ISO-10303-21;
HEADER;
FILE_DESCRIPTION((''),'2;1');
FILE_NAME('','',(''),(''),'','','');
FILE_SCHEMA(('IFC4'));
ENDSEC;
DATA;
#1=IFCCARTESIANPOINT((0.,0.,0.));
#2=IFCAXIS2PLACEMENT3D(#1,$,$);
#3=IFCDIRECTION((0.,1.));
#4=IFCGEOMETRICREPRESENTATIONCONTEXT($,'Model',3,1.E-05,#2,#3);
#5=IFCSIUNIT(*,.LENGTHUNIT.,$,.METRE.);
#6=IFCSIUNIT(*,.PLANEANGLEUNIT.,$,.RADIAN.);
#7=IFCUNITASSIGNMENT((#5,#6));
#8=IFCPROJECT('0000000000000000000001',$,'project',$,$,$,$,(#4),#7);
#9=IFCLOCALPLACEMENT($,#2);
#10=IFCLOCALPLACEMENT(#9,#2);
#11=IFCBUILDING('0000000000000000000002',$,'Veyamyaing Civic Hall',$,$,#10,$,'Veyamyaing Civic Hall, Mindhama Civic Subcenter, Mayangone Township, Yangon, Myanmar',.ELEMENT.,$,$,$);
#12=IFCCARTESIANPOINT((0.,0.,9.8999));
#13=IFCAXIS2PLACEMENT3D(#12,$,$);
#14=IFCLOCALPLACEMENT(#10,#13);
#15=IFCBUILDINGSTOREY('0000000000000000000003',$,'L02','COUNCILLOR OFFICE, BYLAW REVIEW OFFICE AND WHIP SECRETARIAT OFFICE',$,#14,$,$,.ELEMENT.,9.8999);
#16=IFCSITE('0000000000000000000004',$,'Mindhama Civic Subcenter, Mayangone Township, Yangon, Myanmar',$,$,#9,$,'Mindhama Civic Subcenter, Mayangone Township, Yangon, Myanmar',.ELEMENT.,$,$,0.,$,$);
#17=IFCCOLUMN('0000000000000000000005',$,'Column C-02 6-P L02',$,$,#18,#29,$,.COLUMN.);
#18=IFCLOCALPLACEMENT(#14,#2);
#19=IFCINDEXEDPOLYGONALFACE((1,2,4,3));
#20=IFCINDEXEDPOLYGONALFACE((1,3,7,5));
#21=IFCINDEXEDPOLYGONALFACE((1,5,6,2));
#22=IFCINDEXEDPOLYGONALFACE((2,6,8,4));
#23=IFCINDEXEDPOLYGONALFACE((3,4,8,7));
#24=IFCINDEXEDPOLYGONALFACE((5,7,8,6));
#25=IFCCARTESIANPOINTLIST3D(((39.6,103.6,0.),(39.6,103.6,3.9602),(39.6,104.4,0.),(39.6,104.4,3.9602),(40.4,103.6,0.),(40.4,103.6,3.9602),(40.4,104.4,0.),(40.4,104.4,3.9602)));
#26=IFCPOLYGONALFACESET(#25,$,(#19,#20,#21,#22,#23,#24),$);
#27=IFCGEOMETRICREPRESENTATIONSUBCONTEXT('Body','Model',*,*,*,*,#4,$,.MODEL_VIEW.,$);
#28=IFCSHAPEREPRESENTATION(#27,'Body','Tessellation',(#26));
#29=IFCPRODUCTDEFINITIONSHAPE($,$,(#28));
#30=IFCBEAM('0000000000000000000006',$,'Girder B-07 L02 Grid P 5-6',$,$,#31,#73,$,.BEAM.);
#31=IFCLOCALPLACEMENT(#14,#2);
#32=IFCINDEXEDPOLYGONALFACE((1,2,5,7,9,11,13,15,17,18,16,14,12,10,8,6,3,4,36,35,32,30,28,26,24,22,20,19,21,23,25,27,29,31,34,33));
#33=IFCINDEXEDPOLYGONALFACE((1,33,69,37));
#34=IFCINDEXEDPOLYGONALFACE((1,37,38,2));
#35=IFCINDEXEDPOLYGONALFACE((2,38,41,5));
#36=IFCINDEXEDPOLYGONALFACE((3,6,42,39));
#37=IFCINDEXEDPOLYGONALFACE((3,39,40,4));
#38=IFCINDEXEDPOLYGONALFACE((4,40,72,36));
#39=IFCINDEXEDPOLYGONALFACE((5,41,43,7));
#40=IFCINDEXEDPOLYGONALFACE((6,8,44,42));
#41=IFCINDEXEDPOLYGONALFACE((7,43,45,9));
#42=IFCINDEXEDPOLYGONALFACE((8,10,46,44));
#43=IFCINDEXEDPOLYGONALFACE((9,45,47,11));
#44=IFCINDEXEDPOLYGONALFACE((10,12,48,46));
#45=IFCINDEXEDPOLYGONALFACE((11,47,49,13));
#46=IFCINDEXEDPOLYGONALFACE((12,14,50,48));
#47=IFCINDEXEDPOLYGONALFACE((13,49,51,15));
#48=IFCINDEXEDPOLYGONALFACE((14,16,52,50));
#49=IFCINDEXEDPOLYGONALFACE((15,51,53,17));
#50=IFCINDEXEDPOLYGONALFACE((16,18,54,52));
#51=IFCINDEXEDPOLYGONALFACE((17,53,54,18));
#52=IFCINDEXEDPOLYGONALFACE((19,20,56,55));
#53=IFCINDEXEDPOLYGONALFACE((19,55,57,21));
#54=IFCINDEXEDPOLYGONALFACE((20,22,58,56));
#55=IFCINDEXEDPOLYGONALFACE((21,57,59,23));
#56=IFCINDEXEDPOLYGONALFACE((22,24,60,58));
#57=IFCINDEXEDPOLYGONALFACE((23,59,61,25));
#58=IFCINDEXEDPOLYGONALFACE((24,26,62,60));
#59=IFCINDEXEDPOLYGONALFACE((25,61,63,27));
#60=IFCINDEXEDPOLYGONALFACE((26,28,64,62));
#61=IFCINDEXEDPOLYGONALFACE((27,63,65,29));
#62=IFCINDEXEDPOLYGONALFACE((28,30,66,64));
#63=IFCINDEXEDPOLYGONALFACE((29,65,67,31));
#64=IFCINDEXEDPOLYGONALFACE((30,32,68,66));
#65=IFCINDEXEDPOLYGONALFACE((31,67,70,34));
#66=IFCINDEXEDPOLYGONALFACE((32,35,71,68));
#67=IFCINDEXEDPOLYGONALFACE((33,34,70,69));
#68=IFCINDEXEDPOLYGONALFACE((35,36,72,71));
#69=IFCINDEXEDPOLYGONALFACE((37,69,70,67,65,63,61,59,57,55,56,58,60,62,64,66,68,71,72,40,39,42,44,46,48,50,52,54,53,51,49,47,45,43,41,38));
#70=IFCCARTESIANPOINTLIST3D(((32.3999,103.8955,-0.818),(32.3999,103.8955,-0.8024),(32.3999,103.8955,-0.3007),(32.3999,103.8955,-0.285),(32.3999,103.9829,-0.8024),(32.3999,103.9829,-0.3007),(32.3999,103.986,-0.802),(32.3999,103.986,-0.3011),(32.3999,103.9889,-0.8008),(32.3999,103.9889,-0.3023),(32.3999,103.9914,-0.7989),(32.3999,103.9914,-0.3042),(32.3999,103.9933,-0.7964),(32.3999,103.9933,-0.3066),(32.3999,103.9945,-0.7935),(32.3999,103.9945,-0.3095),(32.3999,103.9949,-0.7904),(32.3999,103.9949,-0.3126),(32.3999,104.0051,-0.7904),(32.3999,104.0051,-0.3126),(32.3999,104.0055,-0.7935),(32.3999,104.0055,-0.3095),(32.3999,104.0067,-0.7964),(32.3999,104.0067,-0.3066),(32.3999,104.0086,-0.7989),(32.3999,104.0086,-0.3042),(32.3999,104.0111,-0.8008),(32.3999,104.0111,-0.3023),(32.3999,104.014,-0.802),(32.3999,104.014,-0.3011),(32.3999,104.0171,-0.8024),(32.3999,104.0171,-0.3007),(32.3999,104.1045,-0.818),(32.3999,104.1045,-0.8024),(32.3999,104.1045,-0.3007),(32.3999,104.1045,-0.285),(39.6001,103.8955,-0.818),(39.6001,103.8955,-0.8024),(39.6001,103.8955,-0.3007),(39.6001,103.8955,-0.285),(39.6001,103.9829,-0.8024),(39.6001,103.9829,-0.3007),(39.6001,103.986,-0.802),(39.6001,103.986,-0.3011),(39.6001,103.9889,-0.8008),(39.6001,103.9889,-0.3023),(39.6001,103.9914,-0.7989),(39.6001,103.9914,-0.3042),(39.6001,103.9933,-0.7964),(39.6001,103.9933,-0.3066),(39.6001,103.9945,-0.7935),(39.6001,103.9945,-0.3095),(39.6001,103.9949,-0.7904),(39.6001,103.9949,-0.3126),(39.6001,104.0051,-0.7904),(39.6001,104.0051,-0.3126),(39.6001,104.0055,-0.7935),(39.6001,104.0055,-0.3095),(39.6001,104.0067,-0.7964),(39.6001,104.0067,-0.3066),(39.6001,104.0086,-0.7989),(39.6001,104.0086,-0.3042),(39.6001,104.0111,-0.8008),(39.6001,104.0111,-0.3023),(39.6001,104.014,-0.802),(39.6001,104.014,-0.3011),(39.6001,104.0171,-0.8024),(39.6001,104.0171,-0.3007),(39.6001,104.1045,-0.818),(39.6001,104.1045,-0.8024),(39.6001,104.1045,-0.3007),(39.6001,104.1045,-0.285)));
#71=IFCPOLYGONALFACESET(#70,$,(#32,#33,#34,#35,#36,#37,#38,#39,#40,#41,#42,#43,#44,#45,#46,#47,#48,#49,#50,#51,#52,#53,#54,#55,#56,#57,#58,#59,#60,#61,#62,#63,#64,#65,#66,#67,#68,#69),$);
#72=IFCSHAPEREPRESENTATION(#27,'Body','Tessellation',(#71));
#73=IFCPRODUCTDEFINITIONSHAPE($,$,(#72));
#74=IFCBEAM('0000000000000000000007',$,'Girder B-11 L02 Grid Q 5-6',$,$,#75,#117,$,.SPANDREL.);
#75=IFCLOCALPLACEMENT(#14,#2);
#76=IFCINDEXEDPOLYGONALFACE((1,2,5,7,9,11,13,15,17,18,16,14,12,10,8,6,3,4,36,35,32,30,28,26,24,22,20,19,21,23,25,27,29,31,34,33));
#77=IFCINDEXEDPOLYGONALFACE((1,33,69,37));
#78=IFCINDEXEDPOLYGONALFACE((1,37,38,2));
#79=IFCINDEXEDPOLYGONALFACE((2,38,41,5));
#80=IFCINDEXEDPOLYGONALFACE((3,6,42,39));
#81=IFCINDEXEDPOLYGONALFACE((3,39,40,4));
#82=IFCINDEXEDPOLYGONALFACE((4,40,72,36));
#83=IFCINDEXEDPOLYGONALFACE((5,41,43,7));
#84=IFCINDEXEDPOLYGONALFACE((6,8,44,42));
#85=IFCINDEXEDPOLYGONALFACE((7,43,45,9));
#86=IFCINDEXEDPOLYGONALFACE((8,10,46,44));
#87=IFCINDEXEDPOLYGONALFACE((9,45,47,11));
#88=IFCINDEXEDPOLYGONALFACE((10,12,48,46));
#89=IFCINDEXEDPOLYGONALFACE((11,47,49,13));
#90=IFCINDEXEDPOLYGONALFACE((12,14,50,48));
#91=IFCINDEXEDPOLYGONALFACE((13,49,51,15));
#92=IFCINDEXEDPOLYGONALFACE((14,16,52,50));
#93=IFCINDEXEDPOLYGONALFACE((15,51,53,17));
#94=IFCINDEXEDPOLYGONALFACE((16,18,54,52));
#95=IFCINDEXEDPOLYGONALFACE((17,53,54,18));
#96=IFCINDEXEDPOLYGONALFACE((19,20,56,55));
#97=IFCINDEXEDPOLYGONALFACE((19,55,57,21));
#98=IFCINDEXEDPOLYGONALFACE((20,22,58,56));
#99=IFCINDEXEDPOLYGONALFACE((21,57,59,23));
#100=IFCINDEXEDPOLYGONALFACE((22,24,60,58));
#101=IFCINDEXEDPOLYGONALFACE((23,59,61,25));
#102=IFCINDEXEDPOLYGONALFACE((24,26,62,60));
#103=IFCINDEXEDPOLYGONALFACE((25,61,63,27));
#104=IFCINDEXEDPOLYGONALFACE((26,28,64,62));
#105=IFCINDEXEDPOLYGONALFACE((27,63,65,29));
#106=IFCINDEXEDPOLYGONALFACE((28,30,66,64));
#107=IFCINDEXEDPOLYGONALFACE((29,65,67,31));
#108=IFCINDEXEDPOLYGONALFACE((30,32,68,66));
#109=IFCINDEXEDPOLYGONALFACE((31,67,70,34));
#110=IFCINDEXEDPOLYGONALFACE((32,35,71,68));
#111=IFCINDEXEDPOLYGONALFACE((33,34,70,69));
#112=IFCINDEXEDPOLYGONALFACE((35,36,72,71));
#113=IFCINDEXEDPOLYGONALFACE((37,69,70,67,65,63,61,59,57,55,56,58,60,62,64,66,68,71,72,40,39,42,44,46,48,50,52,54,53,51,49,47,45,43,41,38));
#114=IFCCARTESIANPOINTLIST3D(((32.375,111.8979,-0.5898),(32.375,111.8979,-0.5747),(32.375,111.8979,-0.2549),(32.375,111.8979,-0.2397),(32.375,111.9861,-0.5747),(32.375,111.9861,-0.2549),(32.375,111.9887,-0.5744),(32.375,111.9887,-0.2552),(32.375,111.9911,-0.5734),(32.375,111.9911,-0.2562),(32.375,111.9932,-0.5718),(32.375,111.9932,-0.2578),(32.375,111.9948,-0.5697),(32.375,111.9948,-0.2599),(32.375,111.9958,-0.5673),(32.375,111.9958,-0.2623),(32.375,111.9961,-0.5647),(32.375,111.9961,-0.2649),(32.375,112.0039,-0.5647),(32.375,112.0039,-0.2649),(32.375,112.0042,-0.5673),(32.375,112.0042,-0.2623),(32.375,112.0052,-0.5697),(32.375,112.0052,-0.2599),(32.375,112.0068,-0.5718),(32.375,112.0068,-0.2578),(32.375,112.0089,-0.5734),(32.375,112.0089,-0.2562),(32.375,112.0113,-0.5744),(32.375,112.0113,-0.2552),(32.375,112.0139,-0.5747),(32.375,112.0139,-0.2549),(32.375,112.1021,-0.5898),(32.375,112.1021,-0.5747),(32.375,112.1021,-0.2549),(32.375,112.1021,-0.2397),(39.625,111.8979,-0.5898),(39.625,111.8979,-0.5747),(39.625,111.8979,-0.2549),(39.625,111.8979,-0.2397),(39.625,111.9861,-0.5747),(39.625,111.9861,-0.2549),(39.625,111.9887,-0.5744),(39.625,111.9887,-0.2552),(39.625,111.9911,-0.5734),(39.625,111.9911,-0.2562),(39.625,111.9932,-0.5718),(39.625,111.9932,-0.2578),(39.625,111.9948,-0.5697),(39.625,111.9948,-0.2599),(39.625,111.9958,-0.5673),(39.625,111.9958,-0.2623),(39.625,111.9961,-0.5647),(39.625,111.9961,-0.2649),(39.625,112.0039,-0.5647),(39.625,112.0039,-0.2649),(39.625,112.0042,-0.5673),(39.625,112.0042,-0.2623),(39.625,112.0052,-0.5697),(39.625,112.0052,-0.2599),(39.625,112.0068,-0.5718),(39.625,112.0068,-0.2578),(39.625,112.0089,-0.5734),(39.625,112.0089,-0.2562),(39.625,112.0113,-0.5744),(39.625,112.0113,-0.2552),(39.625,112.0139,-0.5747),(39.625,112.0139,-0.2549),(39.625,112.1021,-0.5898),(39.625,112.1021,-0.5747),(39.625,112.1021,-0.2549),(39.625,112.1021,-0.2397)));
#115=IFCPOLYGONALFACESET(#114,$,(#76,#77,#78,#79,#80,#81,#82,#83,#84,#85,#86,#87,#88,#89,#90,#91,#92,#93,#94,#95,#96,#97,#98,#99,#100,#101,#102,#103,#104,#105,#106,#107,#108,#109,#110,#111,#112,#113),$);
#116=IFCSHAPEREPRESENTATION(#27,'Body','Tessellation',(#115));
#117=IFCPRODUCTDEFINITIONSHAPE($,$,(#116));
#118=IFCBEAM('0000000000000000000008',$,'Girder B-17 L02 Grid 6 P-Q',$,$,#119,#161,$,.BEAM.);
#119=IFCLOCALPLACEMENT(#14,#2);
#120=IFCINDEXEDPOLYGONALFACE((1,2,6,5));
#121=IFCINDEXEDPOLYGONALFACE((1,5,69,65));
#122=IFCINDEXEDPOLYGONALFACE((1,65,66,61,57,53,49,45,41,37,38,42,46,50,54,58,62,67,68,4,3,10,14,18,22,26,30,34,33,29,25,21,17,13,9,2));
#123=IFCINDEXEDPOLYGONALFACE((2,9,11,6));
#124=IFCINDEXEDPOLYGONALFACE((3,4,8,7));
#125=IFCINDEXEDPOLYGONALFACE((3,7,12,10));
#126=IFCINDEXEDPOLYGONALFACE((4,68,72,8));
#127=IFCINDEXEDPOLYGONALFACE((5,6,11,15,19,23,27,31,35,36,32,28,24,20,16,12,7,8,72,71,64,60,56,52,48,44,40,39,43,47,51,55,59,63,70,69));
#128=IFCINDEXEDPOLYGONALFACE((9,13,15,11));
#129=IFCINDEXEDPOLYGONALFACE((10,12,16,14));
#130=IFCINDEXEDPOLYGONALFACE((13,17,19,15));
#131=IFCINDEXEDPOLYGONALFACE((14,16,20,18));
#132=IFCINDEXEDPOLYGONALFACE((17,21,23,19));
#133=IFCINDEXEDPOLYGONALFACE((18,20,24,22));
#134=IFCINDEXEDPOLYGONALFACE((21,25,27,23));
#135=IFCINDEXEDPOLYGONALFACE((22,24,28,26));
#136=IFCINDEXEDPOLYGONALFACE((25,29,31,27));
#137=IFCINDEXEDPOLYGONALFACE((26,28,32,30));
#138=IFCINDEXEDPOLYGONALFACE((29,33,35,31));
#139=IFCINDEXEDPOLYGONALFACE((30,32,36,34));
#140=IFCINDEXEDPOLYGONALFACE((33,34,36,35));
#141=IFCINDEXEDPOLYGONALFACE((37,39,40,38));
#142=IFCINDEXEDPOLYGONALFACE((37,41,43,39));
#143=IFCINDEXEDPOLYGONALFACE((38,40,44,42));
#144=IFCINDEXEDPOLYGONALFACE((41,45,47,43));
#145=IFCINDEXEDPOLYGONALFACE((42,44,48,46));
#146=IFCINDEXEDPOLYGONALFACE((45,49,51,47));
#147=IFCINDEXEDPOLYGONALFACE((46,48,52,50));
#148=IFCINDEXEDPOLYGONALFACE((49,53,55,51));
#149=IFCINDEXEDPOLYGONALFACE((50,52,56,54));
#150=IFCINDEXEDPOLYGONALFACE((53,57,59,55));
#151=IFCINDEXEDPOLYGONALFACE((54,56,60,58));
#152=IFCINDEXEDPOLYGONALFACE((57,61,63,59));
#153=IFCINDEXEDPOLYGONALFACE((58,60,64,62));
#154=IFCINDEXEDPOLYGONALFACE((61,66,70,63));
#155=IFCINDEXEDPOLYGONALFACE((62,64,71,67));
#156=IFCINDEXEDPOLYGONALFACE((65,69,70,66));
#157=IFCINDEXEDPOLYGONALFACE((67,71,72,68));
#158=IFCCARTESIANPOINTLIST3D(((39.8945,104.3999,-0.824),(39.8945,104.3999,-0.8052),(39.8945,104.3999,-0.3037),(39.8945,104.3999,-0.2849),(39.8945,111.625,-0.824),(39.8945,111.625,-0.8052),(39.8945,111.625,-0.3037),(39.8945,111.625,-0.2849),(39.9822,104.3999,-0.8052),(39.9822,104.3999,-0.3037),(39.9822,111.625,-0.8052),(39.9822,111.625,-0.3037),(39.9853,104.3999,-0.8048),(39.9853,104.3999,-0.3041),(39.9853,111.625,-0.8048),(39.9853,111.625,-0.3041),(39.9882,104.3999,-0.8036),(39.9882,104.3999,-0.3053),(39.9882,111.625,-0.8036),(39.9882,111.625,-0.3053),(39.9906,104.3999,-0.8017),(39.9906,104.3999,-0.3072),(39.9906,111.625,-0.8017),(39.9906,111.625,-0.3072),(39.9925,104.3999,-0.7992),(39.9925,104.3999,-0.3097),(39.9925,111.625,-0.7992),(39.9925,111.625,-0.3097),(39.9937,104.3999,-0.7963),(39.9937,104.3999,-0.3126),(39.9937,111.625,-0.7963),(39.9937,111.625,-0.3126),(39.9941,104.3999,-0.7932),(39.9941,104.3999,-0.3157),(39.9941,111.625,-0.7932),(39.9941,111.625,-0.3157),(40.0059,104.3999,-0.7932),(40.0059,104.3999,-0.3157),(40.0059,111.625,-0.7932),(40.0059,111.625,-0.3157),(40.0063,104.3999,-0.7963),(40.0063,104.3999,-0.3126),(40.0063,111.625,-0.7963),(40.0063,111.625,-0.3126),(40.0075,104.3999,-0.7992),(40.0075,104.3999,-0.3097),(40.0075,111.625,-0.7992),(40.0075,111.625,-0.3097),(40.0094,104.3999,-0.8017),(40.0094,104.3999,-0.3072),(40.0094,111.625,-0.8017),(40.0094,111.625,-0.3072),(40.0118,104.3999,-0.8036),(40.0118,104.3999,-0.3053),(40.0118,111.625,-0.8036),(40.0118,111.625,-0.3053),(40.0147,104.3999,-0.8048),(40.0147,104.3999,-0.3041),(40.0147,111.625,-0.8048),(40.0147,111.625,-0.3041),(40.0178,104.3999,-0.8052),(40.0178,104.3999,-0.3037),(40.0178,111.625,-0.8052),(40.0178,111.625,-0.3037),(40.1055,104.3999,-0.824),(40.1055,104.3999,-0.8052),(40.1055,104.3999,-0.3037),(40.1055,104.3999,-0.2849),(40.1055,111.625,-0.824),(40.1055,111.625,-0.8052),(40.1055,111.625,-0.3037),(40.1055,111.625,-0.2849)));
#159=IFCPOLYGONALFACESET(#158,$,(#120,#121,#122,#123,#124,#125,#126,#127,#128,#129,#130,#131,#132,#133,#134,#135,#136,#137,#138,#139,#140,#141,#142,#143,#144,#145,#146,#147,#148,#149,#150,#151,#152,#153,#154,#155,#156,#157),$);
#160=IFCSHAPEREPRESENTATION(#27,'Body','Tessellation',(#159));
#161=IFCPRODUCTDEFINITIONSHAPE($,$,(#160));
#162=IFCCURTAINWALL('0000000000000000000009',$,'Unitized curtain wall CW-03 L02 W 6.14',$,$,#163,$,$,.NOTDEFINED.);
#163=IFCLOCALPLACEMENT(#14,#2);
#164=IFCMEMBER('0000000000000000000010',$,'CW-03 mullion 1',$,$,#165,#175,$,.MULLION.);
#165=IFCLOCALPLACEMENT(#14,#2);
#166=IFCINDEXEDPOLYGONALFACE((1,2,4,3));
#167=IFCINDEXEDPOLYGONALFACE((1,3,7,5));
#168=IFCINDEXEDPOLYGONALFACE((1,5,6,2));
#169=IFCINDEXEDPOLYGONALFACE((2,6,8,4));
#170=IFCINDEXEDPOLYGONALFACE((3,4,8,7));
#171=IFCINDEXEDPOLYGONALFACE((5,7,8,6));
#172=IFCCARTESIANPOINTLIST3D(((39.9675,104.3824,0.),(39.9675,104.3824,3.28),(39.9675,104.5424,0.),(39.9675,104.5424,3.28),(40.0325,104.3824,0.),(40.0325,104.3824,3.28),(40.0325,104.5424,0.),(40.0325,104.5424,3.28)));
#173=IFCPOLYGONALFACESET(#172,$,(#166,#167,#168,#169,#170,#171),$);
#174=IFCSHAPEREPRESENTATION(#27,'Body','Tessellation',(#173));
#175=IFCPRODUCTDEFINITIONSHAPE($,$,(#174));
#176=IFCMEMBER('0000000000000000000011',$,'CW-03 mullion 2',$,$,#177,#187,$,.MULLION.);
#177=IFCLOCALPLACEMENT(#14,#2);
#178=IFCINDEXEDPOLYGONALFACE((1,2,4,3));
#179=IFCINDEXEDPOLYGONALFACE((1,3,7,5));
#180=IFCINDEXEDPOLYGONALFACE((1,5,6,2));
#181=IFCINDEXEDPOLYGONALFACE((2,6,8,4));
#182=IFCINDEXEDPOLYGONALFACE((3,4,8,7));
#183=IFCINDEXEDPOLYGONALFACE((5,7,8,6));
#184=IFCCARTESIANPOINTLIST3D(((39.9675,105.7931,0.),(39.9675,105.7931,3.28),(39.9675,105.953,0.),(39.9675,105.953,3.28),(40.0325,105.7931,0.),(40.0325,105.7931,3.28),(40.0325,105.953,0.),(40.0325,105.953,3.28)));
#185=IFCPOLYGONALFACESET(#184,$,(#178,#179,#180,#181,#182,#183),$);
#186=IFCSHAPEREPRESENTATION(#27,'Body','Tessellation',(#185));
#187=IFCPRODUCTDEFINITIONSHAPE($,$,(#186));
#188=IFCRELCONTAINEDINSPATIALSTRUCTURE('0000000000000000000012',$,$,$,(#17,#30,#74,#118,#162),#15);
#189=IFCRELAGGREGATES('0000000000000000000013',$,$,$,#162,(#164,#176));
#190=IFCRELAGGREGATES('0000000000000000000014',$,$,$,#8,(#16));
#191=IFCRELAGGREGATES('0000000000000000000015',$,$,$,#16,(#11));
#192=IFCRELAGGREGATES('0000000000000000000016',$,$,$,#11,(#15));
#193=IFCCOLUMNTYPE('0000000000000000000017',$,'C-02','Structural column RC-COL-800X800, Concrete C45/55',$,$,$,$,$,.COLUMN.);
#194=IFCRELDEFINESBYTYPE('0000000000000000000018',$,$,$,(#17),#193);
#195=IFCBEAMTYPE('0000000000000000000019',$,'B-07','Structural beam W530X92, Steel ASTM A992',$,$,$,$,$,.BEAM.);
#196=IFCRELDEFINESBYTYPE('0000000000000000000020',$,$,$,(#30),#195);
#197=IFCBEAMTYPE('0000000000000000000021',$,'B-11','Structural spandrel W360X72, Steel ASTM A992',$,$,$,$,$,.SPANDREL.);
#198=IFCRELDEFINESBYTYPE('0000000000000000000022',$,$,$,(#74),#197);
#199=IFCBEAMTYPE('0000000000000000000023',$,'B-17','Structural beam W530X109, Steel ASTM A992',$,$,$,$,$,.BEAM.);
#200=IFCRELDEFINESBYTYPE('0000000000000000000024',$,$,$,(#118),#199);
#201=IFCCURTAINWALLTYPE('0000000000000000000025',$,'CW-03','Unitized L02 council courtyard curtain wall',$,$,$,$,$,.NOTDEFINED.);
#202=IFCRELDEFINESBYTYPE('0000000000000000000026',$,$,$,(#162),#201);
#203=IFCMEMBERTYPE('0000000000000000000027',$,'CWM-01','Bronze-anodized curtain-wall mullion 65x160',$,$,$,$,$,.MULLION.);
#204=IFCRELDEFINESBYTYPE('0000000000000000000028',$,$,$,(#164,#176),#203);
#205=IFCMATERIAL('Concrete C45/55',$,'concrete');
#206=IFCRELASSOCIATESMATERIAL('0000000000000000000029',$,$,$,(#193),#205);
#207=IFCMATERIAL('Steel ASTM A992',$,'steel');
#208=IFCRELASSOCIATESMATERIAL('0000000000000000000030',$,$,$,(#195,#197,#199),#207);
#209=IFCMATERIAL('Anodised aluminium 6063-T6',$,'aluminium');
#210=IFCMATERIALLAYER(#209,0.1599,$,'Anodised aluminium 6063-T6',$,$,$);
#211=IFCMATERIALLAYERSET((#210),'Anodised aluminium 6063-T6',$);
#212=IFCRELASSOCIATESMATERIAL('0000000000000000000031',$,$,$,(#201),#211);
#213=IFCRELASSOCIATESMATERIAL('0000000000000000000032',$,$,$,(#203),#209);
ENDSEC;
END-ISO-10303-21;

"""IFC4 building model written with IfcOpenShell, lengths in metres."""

from ifc_helpers import new_model, si_unit, direction, frame, origin, origin_2d, place, context, subcontext, project, spatial, rectangle, i_section, extrude, material, layer, layer_set, material_profile, profile_set, type_object, element, aggregate, save


model = new_model("IFC4")

# Units and contexts
model_context = context("Model", 3, precision=1e-05, world=origin(), true_north=direction((0.0, 1.0)))
body_context = subcontext(model_context, "Body", "Model", "MODEL_VIEW")
ifc_project = project(units=[si_unit("LENGTHUNIT", "METRE"), si_unit("PLANEANGLEUNIT", "RADIAN")], contexts=[model_context])

# Site, building, storey
site_placement = place(None, origin())
site = spatial("IfcSite", under=ifc_project, at=site_placement, Name="Mindhama Civic Subcenter, Mayangone Township, Yangon, Myanmar", LongName="Mindhama Civic Subcenter, Mayangone Township, Yangon, Myanmar", CompositionType="ELEMENT", RefElevation=0.0)
building_placement = place(site_placement, origin())
building = spatial("IfcBuilding", under=site, at=building_placement, Name="Veyamyaing Civic Hall", LongName="Veyamyaing Civic Hall, Mindhama Civic Subcenter, Mayangone Township, Yangon, Myanmar", CompositionType="ELEMENT")
storey_placement = place(building_placement, frame((0.0, 0.0, 9.8999)))
storey = spatial("IfcBuildingStorey", under=building, at=storey_placement, Name="L02", Description="COUNCILLOR OFFICE, BYLAW REVIEW OFFICE AND WHIP SECRETARIAT OFFICE", CompositionType="ELEMENT", Elevation=9.8999)

# Column
ifc_material_1 = material(Name="Concrete C45/55", Category="concrete")
ifc_material_profile_1 = material_profile(ifc_material_1, rectangle(XDim=0.8, YDim=0.8, at=origin_2d()), Name="RC-COL-800X800")
ifc_profile_set_1 = profile_set([ifc_material_profile_1], Name="Concrete C45/55")
column_type = type_object("IfcColumnType", Name="C-02", Description="Structural column RC-COL-800X800, Concrete C45/55", PredefinedType="COLUMN", material=ifc_profile_set_1)
column_placement = place(storey_placement, frame((40.0, 104.0, 0.0), z_axis=(0.0, 0.0, 1.0), x_axis=(1.0, 0.0, 0.0)))
element("IfcColumn", 1, at=column_placement, inside=storey, type_object=column_type, Name="Column C-02 6-P L02", PredefinedType="COLUMN", context=body_context, shape_type="SweptSolid", body=[
    extrude(rectangle(XDim=0.8, YDim=0.8, at=origin_2d()), origin(), (0.0, 0.0, 1.0), 3.9602),
])

# Beams
ifc_material_2 = material(Name="Steel ASTM A992", Category="steel")
ifc_material_profile_2 = material_profile(ifc_material_2, i_section(OverallWidth=0.209, OverallDepth=0.533, WebThickness=0.0103, FlangeThickness=0.0156, FilletRadius=0.012, at=origin_2d()), Name="W530X92")
ifc_profile_set_2 = profile_set([ifc_material_profile_2], Name="Steel ASTM A992")
beam_type_1 = type_object("IfcBeamType", Name="B-07", Description="Structural beam W530X92, Steel ASTM A992", PredefinedType="BEAM", material=ifc_profile_set_2)
beam_1_placement = place(storey_placement, frame((32.3999, 104.0, -0.5515), z_axis=(1.0, 0.0, 0.0), x_axis=(0.0, 1.0, 0.0)))
element("IfcBeam", 2, at=beam_1_placement, inside=storey, type_object=beam_type_1, Name="Girder B-07 L02 Grid P 5-6", PredefinedType="BEAM", context=body_context, shape_type="SweptSolid", body=[
    extrude(i_section(OverallWidth=0.209, OverallDepth=0.533, WebThickness=0.0103, FlangeThickness=0.0156, FilletRadius=0.012, at=origin_2d()), origin(), (0.0, 0.0, 1.0), 7.2002),
])
ifc_material_profile_3 = material_profile(ifc_material_2, i_section(OverallWidth=0.2041, OverallDepth=0.3501, WebThickness=0.0078, FlangeThickness=0.0151, FilletRadius=0.01, at=origin_2d()), Name="W360X72")
ifc_profile_set_3 = profile_set([ifc_material_profile_3], Name="Steel ASTM A992")
beam_type_2 = type_object("IfcBeamType", Name="B-11", Description="Structural spandrel W360X72, Steel ASTM A992", PredefinedType="SPANDREL", material=ifc_profile_set_3)
beam_2_placement = place(storey_placement, frame((32.375, 112.0, -0.4148), z_axis=(1.0, 0.0, 0.0), x_axis=(0.0, 1.0, 0.0)))
element("IfcBeam", 3, at=beam_2_placement, inside=storey, type_object=beam_type_2, Name="Girder B-11 L02 Grid Q 5-6", PredefinedType="SPANDREL", context=body_context, shape_type="SweptSolid", body=[
    extrude(i_section(OverallWidth=0.2041, OverallDepth=0.3501, WebThickness=0.0078, FlangeThickness=0.0151, FilletRadius=0.01, at=origin_2d()), origin(), (0.0, 0.0, 1.0), 7.25),
])
ifc_material_profile_4 = material_profile(ifc_material_2, i_section(OverallWidth=0.2109, OverallDepth=0.5391, WebThickness=0.0117, FlangeThickness=0.0188, FilletRadius=0.012, at=origin_2d()), Name="W530X109")
ifc_profile_set_4 = profile_set([ifc_material_profile_4], Name="Steel ASTM A992")
beam_type_3 = type_object("IfcBeamType", Name="B-17", Description="Structural beam W530X109, Steel ASTM A992", PredefinedType="BEAM", material=ifc_profile_set_4)
beam_3_placement = place(storey_placement, frame((40.0, 104.3999, -0.5544), z_axis=(0.0, 1.0, 0.0), x_axis=(-1.0, 0.0, 0.0)))
element("IfcBeam", 4, at=beam_3_placement, inside=storey, type_object=beam_type_3, Name="Girder B-17 L02 Grid 6 P-Q", PredefinedType="BEAM", context=body_context, shape_type="SweptSolid", body=[
    extrude(i_section(OverallWidth=0.2109, OverallDepth=0.5391, WebThickness=0.0117, FlangeThickness=0.0188, FilletRadius=0.012, at=origin_2d()), origin(), (0.0, 0.0, 1.0), 7.2251),
])

# Curtain wall, members
ifc_material_3 = material(Name="Anodised aluminium 6063-T6", Category="aluminium")
ifc_layer_1 = layer(ifc_material_3, 0.1599, Name="Anodised aluminium 6063-T6")
ifc_layer_set_1 = layer_set([ifc_layer_1], Name="Anodised aluminium 6063-T6")
curtain_wall_type = type_object("IfcCurtainWallType", Name="CW-03", Description="Unitized L02 council courtyard curtain wall", PredefinedType="NOTDEFINED", material=ifc_layer_set_1)
curtain_wall_placement = place(storey_placement, origin())
curtain_wall = element("IfcCurtainWall", 5, at=curtain_wall_placement, inside=storey, type_object=curtain_wall_type, Name="Unitized curtain wall CW-03 L02 W 6.14", PredefinedType="NOTDEFINED")
ifc_material_profile_5 = material_profile(ifc_material_3, rectangle(XDim=0.0649, YDim=0.1599, at=origin_2d()), Name="ALU-MUL-65X160")
ifc_profile_set_5 = profile_set([ifc_material_profile_5], Name="Anodised aluminium 6063-T6")
member_type_1 = type_object("IfcMemberType", Name="CWM-01", Description="Bronze-anodized curtain-wall mullion 65x160", PredefinedType="MULLION", material=ifc_profile_set_5)
member_1_placement = place(storey_placement, frame((40.0, 104.4624, 0.0), z_axis=(0.0, 0.0, 1.0), x_axis=(-1.0, 0.0, 0.0)))
member_1 = element("IfcMember", 6, at=member_1_placement, type_object=member_type_1, Name="CW-03 mullion 1", PredefinedType="MULLION", context=body_context, shape_type="SweptSolid", body=[
    extrude(rectangle(XDim=0.0649, YDim=0.1599, at=origin_2d()), origin(), (0.0, 0.0, 1.0), 3.28),
])
member_2_placement = place(storey_placement, frame((40.0, 105.873, 0.0), z_axis=(0.0, 0.0, 1.0), x_axis=(-1.0, 0.0, 0.0)))
member_2 = element("IfcMember", 7, at=member_2_placement, type_object=member_type_1, Name="CW-03 mullion 2", PredefinedType="MULLION", context=body_context, shape_type="SweptSolid", body=[
    extrude(rectangle(XDim=0.0649, YDim=0.1599, at=origin_2d()), origin(), (0.0, 0.0, 1.0), 3.28),
])

aggregate(curtain_wall, [member_1, member_2])

save(model, "model.ifc")
